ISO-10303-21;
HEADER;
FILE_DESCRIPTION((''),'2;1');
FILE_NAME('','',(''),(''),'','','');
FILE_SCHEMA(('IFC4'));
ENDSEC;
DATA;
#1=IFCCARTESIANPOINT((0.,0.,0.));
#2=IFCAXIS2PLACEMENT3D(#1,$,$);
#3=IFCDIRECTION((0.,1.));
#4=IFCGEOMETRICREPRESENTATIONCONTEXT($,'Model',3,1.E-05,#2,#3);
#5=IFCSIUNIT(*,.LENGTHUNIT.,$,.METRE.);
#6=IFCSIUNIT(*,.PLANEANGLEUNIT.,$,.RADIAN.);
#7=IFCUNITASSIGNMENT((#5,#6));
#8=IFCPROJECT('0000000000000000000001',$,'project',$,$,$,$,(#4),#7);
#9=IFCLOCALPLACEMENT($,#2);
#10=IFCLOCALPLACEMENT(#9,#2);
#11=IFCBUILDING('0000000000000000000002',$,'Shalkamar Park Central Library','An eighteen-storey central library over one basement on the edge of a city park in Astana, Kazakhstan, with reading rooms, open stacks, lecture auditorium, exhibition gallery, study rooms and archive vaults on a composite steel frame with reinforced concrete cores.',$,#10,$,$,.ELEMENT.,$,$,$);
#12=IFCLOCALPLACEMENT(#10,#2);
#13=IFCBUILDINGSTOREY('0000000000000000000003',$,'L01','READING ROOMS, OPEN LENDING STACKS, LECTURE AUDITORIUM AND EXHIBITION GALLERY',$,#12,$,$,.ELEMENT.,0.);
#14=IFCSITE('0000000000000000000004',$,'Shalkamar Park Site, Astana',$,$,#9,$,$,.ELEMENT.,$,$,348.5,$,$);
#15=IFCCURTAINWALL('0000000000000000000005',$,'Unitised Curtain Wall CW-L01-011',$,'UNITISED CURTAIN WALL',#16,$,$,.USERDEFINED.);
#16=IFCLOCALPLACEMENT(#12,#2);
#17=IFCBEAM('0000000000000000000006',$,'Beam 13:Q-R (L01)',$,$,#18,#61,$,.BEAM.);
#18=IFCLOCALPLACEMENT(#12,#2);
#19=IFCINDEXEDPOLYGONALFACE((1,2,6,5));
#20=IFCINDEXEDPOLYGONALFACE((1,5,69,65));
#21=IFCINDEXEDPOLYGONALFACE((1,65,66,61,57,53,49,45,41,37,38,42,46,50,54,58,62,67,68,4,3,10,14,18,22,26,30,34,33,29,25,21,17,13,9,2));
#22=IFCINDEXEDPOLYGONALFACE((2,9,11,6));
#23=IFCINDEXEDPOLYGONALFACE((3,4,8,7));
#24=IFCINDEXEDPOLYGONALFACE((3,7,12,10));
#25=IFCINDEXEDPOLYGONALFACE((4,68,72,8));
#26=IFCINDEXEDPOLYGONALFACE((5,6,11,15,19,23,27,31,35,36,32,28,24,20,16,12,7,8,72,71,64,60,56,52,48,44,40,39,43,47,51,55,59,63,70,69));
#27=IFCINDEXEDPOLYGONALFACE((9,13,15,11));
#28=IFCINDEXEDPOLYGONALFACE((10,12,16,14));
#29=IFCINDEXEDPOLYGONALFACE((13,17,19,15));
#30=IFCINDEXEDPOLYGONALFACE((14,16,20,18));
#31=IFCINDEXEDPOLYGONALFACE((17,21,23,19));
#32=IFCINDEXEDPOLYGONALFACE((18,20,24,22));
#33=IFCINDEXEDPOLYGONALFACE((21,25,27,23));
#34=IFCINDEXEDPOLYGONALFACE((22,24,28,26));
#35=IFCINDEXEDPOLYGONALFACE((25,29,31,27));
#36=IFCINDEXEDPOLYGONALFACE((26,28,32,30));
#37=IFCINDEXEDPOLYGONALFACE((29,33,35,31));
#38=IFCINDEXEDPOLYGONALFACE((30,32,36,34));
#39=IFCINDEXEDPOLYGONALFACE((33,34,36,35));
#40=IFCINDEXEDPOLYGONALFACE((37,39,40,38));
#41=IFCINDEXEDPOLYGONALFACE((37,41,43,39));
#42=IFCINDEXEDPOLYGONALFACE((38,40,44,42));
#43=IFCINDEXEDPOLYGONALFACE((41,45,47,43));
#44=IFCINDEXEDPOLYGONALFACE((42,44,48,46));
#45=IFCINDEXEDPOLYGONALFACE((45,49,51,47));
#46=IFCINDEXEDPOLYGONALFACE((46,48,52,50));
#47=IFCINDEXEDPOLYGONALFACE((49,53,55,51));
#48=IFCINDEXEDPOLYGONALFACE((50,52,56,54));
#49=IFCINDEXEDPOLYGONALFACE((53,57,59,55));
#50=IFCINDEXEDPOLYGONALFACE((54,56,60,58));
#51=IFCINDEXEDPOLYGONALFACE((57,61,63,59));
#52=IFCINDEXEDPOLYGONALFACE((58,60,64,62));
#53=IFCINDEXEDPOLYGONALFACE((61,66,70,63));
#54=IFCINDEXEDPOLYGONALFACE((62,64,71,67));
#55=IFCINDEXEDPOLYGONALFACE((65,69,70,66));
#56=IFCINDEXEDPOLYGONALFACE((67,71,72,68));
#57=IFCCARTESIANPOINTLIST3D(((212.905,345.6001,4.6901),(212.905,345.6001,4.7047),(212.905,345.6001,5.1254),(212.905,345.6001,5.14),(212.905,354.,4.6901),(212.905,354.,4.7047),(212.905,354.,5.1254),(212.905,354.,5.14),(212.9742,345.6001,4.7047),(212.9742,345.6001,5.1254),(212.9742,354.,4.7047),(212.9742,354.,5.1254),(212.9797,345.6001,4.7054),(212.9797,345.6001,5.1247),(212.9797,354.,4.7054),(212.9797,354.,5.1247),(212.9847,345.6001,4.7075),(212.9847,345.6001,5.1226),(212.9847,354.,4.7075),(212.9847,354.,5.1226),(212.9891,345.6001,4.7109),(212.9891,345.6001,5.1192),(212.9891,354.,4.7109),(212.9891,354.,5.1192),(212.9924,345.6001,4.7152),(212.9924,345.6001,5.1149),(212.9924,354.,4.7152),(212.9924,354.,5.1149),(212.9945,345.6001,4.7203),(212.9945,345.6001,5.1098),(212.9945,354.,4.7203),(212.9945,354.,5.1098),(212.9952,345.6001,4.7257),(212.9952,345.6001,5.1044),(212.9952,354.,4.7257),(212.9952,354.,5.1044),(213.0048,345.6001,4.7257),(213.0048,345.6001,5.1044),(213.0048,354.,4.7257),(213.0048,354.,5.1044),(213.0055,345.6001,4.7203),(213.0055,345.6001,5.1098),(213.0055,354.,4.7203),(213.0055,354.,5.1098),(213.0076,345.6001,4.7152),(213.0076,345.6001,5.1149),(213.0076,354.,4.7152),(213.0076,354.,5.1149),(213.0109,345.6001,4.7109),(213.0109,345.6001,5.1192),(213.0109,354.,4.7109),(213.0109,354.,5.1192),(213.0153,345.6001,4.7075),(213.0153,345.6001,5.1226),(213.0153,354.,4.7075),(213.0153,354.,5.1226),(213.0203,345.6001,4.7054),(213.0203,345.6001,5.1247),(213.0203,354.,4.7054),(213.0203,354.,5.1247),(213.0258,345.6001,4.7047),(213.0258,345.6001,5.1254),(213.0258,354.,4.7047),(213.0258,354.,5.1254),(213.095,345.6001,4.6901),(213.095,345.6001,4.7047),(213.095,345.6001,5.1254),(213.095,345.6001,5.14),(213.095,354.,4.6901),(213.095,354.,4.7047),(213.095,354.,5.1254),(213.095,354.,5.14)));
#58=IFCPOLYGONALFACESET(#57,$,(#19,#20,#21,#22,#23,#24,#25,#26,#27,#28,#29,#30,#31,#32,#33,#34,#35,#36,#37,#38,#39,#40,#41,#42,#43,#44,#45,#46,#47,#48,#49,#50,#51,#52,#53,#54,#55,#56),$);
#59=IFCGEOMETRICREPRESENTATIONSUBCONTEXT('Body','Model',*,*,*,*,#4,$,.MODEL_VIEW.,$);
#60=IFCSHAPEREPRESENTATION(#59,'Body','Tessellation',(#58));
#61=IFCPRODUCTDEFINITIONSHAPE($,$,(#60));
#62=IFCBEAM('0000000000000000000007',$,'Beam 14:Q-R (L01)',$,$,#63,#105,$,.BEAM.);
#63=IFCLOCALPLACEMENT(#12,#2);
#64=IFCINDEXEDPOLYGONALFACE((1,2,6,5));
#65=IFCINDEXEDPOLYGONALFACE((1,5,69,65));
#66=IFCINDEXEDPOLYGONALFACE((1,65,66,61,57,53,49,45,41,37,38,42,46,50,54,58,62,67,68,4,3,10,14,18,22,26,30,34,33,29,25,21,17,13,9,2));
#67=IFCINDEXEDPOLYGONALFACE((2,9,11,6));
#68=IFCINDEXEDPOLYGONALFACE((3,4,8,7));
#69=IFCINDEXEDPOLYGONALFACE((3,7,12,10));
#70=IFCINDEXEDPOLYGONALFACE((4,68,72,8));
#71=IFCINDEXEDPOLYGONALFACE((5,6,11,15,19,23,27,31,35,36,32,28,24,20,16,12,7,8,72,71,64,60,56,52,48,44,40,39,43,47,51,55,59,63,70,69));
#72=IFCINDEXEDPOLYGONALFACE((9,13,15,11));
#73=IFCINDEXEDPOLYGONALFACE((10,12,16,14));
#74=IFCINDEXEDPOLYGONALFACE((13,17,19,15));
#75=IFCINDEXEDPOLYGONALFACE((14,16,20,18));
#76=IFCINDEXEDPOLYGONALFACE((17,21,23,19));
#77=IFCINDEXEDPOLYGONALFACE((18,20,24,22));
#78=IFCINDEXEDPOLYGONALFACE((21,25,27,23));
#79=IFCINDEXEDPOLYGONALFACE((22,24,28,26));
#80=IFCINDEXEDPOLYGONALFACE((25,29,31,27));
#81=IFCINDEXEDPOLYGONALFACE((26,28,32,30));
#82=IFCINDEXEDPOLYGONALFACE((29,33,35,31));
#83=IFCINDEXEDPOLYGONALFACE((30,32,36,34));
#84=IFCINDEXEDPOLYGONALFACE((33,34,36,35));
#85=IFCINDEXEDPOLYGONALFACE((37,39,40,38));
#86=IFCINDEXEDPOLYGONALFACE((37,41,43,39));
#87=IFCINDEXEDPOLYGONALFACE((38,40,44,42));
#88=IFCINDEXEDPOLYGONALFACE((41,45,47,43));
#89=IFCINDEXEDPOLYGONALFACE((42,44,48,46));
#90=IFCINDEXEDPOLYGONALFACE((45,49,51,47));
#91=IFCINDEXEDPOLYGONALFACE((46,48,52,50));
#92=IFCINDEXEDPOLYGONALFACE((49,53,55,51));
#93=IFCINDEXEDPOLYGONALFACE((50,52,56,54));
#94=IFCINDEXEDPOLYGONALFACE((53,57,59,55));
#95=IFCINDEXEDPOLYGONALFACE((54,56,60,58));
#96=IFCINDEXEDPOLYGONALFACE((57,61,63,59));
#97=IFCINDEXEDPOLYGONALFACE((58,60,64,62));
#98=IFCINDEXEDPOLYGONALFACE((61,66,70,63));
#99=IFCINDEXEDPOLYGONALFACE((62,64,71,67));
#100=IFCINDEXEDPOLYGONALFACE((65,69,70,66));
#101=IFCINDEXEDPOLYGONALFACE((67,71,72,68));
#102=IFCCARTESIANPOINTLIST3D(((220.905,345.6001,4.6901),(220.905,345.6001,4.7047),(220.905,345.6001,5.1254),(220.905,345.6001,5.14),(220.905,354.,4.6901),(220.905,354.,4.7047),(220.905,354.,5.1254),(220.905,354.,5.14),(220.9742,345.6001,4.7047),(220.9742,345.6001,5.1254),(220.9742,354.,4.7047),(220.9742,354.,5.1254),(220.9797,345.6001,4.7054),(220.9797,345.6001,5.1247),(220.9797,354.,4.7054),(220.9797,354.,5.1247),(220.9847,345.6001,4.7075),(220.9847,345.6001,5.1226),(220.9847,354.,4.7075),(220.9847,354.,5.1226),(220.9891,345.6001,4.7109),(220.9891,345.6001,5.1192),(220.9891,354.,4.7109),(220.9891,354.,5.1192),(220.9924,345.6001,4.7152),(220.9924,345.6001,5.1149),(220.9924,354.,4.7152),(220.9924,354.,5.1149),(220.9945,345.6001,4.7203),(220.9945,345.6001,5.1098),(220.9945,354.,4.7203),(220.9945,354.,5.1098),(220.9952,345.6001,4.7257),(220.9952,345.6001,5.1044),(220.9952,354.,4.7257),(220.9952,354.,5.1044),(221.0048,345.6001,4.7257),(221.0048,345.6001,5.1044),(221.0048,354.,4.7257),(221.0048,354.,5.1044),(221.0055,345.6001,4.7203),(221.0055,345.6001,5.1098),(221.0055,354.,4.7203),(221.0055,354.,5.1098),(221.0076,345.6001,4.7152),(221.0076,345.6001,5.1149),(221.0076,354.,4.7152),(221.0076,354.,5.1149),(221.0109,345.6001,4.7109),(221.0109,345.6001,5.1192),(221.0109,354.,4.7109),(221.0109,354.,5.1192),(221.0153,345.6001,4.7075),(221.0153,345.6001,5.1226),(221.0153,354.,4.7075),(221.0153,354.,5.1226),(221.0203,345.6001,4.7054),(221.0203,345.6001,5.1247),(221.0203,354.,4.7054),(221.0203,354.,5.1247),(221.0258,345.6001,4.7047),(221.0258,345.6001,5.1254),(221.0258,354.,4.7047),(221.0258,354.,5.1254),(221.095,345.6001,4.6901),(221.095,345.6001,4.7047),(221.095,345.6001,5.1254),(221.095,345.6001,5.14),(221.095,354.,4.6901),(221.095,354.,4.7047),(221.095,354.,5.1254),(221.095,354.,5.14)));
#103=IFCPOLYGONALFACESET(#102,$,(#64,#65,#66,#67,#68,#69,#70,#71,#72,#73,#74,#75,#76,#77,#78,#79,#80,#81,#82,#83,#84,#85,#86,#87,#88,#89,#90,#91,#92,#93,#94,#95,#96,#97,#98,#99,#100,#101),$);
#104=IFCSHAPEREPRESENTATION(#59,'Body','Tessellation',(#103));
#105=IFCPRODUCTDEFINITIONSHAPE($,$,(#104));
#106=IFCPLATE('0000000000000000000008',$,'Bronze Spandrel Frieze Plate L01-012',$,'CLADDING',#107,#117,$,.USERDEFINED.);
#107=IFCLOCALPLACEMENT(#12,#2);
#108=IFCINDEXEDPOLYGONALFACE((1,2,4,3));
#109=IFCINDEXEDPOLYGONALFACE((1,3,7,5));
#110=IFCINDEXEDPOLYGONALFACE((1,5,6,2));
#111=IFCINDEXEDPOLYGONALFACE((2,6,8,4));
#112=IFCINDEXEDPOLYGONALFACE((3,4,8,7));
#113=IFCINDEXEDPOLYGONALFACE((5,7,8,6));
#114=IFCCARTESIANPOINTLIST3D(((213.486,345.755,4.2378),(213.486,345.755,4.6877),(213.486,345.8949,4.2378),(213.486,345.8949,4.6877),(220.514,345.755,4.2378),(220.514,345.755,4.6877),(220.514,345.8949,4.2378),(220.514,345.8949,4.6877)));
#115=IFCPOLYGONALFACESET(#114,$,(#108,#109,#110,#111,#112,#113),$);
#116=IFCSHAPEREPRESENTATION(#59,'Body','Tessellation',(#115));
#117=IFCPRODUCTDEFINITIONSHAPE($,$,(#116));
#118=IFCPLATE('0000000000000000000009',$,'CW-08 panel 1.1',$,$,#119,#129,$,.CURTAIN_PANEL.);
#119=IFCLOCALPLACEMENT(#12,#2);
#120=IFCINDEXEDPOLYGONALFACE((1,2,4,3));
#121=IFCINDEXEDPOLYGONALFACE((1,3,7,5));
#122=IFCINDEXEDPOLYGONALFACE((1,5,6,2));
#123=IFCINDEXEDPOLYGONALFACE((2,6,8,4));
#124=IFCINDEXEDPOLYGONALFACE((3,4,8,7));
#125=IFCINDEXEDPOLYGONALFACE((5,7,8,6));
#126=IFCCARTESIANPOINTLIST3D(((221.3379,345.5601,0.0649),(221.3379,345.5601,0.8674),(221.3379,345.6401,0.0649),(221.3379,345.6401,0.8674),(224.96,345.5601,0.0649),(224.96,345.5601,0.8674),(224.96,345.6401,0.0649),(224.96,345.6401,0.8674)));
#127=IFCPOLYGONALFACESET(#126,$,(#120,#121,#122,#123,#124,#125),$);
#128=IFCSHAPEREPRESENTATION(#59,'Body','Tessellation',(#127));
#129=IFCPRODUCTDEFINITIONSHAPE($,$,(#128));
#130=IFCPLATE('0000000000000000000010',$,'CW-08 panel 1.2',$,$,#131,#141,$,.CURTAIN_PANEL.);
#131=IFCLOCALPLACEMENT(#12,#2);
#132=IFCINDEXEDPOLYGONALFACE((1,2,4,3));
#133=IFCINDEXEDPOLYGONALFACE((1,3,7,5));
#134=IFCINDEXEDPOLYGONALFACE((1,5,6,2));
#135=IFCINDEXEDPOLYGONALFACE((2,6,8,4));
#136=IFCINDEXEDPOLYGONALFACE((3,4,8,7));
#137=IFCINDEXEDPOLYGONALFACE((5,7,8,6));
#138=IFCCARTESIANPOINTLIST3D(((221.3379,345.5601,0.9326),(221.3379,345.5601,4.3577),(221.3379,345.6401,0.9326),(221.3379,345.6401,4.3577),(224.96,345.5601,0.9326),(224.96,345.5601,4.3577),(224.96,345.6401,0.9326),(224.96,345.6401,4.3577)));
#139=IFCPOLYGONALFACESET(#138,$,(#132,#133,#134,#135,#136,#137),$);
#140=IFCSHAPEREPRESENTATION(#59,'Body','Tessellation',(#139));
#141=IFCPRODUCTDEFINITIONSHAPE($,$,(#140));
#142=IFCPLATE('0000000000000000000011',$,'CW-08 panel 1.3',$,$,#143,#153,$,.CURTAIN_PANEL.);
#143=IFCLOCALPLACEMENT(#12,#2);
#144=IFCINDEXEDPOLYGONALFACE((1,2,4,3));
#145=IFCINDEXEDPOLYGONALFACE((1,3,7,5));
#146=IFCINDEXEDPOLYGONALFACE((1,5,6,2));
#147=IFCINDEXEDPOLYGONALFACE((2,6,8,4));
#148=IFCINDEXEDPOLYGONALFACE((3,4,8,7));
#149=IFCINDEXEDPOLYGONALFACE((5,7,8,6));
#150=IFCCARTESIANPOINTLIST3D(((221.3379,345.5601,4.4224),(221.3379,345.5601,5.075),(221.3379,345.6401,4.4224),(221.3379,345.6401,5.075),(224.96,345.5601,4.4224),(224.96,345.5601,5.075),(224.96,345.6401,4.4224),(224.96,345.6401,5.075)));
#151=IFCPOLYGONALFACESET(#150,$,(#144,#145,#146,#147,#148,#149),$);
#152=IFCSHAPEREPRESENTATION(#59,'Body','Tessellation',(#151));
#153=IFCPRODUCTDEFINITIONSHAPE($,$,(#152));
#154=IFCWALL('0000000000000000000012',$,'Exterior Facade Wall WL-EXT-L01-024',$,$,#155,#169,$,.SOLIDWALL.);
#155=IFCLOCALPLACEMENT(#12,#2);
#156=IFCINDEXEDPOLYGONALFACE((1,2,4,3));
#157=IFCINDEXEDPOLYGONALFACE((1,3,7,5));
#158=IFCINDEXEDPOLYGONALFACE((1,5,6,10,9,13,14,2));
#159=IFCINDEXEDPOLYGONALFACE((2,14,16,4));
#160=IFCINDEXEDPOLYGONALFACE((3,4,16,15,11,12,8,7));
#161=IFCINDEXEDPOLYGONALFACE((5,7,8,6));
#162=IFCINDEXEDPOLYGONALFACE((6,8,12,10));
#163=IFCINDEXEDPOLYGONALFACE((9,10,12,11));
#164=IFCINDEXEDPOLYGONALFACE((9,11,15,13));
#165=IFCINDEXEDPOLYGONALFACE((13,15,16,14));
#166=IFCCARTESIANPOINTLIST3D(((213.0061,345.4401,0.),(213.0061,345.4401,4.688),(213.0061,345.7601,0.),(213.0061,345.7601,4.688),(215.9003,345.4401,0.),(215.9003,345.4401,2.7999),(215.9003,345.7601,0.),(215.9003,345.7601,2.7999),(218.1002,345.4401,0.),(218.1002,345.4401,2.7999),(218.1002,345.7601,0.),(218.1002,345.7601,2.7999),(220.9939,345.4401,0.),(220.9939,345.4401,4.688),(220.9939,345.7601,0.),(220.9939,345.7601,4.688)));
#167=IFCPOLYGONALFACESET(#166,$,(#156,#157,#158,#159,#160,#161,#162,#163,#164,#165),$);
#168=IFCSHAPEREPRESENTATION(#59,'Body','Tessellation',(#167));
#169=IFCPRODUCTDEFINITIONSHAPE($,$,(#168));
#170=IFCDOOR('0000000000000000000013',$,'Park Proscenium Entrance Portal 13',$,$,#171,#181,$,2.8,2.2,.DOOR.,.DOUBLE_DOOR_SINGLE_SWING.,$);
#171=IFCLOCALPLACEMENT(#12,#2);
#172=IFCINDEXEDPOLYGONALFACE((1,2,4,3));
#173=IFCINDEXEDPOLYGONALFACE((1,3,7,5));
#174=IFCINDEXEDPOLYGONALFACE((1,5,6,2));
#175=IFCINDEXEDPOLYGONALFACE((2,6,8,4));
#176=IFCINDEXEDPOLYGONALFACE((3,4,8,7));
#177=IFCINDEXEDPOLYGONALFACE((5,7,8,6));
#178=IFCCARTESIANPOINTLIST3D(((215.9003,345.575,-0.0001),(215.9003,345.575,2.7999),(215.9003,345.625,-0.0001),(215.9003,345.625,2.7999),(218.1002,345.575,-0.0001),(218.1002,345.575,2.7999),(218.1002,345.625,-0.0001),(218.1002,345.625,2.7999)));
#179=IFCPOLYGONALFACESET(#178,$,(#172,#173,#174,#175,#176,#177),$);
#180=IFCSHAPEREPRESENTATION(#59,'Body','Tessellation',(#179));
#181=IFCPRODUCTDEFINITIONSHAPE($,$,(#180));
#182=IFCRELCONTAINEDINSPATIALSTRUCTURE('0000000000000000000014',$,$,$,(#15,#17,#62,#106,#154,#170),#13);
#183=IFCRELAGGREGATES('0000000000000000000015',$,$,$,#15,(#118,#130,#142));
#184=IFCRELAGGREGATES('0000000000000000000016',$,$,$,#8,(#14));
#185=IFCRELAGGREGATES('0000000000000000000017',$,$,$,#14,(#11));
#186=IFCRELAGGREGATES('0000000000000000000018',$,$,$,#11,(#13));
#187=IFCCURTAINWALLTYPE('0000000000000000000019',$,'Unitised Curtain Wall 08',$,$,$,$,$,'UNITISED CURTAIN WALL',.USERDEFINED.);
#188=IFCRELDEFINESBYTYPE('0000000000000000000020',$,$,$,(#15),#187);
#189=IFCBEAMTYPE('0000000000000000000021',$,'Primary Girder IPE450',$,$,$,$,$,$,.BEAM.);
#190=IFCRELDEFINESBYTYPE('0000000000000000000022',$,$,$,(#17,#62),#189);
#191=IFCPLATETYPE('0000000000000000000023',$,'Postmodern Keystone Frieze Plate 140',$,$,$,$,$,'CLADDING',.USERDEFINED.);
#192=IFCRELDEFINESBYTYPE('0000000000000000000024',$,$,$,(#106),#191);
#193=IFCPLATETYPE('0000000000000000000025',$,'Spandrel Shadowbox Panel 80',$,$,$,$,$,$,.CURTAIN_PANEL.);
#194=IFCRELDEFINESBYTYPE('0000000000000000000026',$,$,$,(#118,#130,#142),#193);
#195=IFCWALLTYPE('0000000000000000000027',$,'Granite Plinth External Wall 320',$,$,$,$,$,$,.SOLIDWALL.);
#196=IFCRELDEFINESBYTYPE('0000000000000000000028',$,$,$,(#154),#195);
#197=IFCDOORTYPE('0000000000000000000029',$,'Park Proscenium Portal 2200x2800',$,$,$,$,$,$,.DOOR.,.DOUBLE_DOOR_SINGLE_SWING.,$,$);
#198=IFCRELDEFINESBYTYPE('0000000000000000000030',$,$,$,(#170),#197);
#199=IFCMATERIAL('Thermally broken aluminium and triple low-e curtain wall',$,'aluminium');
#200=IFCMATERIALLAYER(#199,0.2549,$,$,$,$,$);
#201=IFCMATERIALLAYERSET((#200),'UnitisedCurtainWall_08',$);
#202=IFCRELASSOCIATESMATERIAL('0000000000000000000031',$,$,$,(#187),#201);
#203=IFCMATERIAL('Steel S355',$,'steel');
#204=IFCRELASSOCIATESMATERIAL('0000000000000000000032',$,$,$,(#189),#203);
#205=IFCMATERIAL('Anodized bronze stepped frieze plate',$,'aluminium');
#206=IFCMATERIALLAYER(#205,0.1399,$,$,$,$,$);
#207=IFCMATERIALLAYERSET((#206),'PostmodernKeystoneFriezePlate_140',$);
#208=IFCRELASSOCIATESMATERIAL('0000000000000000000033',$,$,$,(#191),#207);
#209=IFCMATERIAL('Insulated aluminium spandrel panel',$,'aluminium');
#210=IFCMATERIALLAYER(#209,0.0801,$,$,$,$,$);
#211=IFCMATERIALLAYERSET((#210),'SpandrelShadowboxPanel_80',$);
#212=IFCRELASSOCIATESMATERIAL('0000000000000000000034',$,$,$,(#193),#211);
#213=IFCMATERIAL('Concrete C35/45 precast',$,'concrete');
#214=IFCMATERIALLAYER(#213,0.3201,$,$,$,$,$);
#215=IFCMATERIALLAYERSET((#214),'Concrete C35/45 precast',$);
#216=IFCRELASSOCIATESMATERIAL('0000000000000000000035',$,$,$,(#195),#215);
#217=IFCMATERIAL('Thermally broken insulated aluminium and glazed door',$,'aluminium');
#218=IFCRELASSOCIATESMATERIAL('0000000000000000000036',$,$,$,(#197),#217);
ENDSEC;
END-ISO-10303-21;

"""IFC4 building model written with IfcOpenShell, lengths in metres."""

from ifc_helpers import new_model, si_unit, direction, frame, frame_2d, origin, origin_2d, place, context, subcontext, project, spatial, rectangle, i_section, extrude, material, layer, layer_set, material_profile, profile_set, type_object, element, fill, aggregate, save


model = new_model("IFC4")

# Units and contexts
model_context = context("Model", 3, precision=1e-05, world=origin(), true_north=direction((0.0, 1.0)))
body_context = subcontext(model_context, "Body", "Model", "MODEL_VIEW")
ifc_project = project(units=[si_unit("LENGTHUNIT", "METRE"), si_unit("PLANEANGLEUNIT", "RADIAN")], contexts=[model_context])

# Site, building, storey
site_placement = place(None, origin())
site = spatial("IfcSite", under=ifc_project, at=site_placement, Name="Shalkamar Park Site, Astana", CompositionType="ELEMENT", RefElevation=348.5)
building_placement = place(site_placement, origin())
building = spatial("IfcBuilding", under=site, at=building_placement, Name="Shalkamar Park Central Library", Description="An eighteen-storey central library over one basement on the edge of a city park in Astana, Kazakhstan, with reading rooms, open stacks, lecture auditorium, exhibition gallery, study rooms and archive vaults on a composite steel frame with reinforced concrete cores.", CompositionType="ELEMENT")
storey_placement = place(building_placement, origin())
storey = spatial("IfcBuildingStorey", under=building, at=storey_placement, Name="L01", Description="READING ROOMS, OPEN LENDING STACKS, LECTURE AUDITORIUM AND EXHIBITION GALLERY", CompositionType="ELEMENT", Elevation=0.0)

# Shared definitions
ifc_material_1 = material(Name="Steel S355", Category="steel")

# Curtain wall
ifc_material_2 = material(Name="Thermally broken aluminium and triple low-e curtain wall", Category="aluminium")
ifc_layer_1 = layer(ifc_material_2, 0.2549)
ifc_layer_set_1 = layer_set([ifc_layer_1], Name="UnitisedCurtainWall_08")
curtain_wall_type = type_object("IfcCurtainWallType", Name="Unitised Curtain Wall 08", ElementType="UNITISED CURTAIN WALL", PredefinedType="USERDEFINED", material=ifc_layer_set_1)
curtain_wall_placement = place(storey_placement, origin())
curtain_wall = element("IfcCurtainWall", 1, at=curtain_wall_placement, inside=storey, type_object=curtain_wall_type, Name="Unitised Curtain Wall CW-L01-011", ObjectType="UNITISED CURTAIN WALL", PredefinedType="USERDEFINED")

# Beams
ifc_material_profile_1 = material_profile(ifc_material_1, i_section(OverallWidth=0.1899, OverallDepth=0.45, WebThickness=0.0095, FlangeThickness=0.0146, FilletRadius=0.021, at=origin_2d()), Name="IPE 450")
ifc_profile_set_1 = profile_set([ifc_material_profile_1], Name="Steel S355")
beam_type_1 = type_object("IfcBeamType", Name="Primary Girder IPE450", PredefinedType="BEAM", material=ifc_profile_set_1)
for number, where, z_axis, x_axis, name in (
    (2, (213.0, 345.6001, 4.915), (0.0, 1.0, 0.0), (-1.0, 0.0, 0.0), "Beam 13:Q-R (L01)"),
    (3, (221.0, 345.6001, 4.915), (0.0, 1.0, 0.0), (-1.0, 0.0, 0.0), "Beam 14:Q-R (L01)"),
):
    element("IfcBeam", number, at=place(storey_placement, frame(where, z_axis=z_axis, x_axis=x_axis)), inside=storey, type_object=beam_type_1, Name=name, PredefinedType="BEAM", context=body_context, shape_type="SweptSolid", body=[
        extrude(i_section(OverallWidth=0.1899, OverallDepth=0.45, WebThickness=0.0095, FlangeThickness=0.0146, FilletRadius=0.021, at=origin_2d()), origin(), (0.0, 0.0, 1.0), 8.3999),
    ])

# Plates
ifc_material_3 = material(Name="Anodized bronze stepped frieze plate", Category="aluminium")
ifc_layer_2 = layer(ifc_material_3, 0.1399)
ifc_layer_set_2 = layer_set([ifc_layer_2], Name="PostmodernKeystoneFriezePlate_140")
plate_type_1 = type_object("IfcPlateType", Name="Postmodern Keystone Frieze Plate 140", ElementType="CLADDING", PredefinedType="USERDEFINED", material=ifc_layer_set_2)
plate_1_placement = place(storey_placement, frame((217.0, 345.825, 4.2378), z_axis=(0.0, 0.0, 1.0), x_axis=(1.0, 0.0, 0.0)))
element("IfcPlate", 4, at=plate_1_placement, inside=storey, type_object=plate_type_1, Name="Bronze Spandrel Frieze Plate L01-012", ObjectType="CLADDING", PredefinedType="USERDEFINED", context=body_context, shape_type="SweptSolid", body=[
    extrude(rectangle(XDim=7.0281, YDim=0.1399, at=origin_2d()), origin(), (0.0, 0.0, 1.0), 0.45),
])
ifc_material_4 = material(Name="Insulated aluminium spandrel panel", Category="aluminium")
ifc_layer_3 = layer(ifc_material_4, 0.0801)
ifc_layer_set_3 = layer_set([ifc_layer_3], Name="SpandrelShadowboxPanel_80")
plate_type_2 = type_object("IfcPlateType", Name="Spandrel Shadowbox Panel 80", PredefinedType="CURTAIN_PANEL", material=ifc_layer_set_3)
plate_2_placement = place(storey_placement, frame((223.1489, 345.6001, 0.0649), z_axis=(0.0, 0.0, 1.0), x_axis=(1.0, 0.0, 0.0)))
plate_2 = element("IfcPlate", 5, at=plate_2_placement, type_object=plate_type_2, Name="CW-08 panel 1.1", PredefinedType="CURTAIN_PANEL", context=body_context, shape_type="SweptSolid", body=[
    extrude(rectangle(XDim=3.6221, YDim=0.0801, at=origin_2d()), origin(), (0.0, 0.0, 1.0), 0.8025),
])
plate_3_placement = place(storey_placement, frame((223.1489, 345.6001, 0.9326), z_axis=(0.0, 0.0, 1.0), x_axis=(1.0, 0.0, 0.0)))
plate_3 = element("IfcPlate", 6, at=plate_3_placement, type_object=plate_type_2, Name="CW-08 panel 1.2", PredefinedType="CURTAIN_PANEL", context=body_context, shape_type="SweptSolid", body=[
    extrude(rectangle(XDim=3.6221, YDim=0.0801, at=origin_2d()), origin(), (0.0, 0.0, 1.0), 3.425),
])
plate_4_placement = place(storey_placement, frame((223.1489, 345.6001, 4.4224), z_axis=(0.0, 0.0, 1.0), x_axis=(1.0, 0.0, 0.0)))
plate_4 = element("IfcPlate", 7, at=plate_4_placement, type_object=plate_type_2, Name="CW-08 panel 1.3", PredefinedType="CURTAIN_PANEL", context=body_context, shape_type="SweptSolid", body=[
    extrude(rectangle(XDim=3.6221, YDim=0.0801, at=origin_2d()), origin(), (0.0, 0.0, 1.0), 0.6526),
])
aggregate(curtain_wall, [plate_2, plate_3, plate_4])

# Wall, opening, door
ifc_material_5 = material(Name="Concrete C35/45 precast", Category="concrete")
ifc_layer_4 = layer(ifc_material_5, 0.3201)
ifc_layer_set_4 = layer_set([ifc_layer_4], Name="Concrete C35/45 precast")
wall_type = type_object("IfcWallType", Name="Granite Plinth External Wall 320", PredefinedType="SOLIDWALL", material=ifc_layer_set_4)
wall_placement = place(storey_placement, frame((213.0061, 345.6001, 0.0), z_axis=(0.0, 0.0, 1.0), x_axis=(1.0, 0.0, 0.0)))
wall = element("IfcWall", 8, at=wall_placement, inside=storey, type_object=wall_type, Name="Exterior Facade Wall WL-EXT-L01-024", PredefinedType="SOLIDWALL", context=body_context, shape_type="SweptSolid", body=[
    extrude(rectangle(XDim=7.9878, YDim=0.3201, at=frame_2d((3.9939, 0.0))), origin(), (0.0, 0.0, 1.0), 4.688),
])
opening_placement = place(wall_placement, frame((2.894, 0.0, 0.0)))
opening = element("IfcOpeningElement", 9, at=opening_placement, cuts=wall, PredefinedType="OPENING", context=body_context, shape_type="SweptSolid", body=[
    extrude(rectangle(XDim=2.2, YDim=2.8, at=frame_2d((1.1001, 1.3999))), frame((0.0, 0.1748, 0.0), z_axis=(0.0, -1.0, 0.0), x_axis=(1.0, 0.0, 0.0)), (0.0, 0.0, 1.0), 0.3499),
])
ifc_material_6 = material(Name="Thermally broken insulated aluminium and glazed door", Category="aluminium")
door_type = type_object("IfcDoorType", Name="Park Proscenium Portal 2200x2800", OperationType="DOUBLE_DOOR_SINGLE_SWING", PredefinedType="DOOR", material=ifc_material_6)
door_placement = place(opening_placement, origin())
door = element("IfcDoor", 10, at=door_placement, inside=storey, type_object=door_type, Name="Park Proscenium Entrance Portal 13", OperationType="DOUBLE_DOOR_SINGLE_SWING", OverallHeight=2.8, OverallWidth=2.2, PredefinedType="DOOR", context=body_context, shape_type="SweptSolid", body=[
    extrude(rectangle(XDim=2.2, YDim=2.8, at=frame_2d((1.1001, 1.3999))), frame((0.0, 0.0249, 0.0), z_axis=(0.0, -1.0, 0.0), x_axis=(1.0, 0.0, 0.0)), (0.0, 0.0, 1.0), 0.05),
])
fill(opening, door)

save(model, "model.ifc")
